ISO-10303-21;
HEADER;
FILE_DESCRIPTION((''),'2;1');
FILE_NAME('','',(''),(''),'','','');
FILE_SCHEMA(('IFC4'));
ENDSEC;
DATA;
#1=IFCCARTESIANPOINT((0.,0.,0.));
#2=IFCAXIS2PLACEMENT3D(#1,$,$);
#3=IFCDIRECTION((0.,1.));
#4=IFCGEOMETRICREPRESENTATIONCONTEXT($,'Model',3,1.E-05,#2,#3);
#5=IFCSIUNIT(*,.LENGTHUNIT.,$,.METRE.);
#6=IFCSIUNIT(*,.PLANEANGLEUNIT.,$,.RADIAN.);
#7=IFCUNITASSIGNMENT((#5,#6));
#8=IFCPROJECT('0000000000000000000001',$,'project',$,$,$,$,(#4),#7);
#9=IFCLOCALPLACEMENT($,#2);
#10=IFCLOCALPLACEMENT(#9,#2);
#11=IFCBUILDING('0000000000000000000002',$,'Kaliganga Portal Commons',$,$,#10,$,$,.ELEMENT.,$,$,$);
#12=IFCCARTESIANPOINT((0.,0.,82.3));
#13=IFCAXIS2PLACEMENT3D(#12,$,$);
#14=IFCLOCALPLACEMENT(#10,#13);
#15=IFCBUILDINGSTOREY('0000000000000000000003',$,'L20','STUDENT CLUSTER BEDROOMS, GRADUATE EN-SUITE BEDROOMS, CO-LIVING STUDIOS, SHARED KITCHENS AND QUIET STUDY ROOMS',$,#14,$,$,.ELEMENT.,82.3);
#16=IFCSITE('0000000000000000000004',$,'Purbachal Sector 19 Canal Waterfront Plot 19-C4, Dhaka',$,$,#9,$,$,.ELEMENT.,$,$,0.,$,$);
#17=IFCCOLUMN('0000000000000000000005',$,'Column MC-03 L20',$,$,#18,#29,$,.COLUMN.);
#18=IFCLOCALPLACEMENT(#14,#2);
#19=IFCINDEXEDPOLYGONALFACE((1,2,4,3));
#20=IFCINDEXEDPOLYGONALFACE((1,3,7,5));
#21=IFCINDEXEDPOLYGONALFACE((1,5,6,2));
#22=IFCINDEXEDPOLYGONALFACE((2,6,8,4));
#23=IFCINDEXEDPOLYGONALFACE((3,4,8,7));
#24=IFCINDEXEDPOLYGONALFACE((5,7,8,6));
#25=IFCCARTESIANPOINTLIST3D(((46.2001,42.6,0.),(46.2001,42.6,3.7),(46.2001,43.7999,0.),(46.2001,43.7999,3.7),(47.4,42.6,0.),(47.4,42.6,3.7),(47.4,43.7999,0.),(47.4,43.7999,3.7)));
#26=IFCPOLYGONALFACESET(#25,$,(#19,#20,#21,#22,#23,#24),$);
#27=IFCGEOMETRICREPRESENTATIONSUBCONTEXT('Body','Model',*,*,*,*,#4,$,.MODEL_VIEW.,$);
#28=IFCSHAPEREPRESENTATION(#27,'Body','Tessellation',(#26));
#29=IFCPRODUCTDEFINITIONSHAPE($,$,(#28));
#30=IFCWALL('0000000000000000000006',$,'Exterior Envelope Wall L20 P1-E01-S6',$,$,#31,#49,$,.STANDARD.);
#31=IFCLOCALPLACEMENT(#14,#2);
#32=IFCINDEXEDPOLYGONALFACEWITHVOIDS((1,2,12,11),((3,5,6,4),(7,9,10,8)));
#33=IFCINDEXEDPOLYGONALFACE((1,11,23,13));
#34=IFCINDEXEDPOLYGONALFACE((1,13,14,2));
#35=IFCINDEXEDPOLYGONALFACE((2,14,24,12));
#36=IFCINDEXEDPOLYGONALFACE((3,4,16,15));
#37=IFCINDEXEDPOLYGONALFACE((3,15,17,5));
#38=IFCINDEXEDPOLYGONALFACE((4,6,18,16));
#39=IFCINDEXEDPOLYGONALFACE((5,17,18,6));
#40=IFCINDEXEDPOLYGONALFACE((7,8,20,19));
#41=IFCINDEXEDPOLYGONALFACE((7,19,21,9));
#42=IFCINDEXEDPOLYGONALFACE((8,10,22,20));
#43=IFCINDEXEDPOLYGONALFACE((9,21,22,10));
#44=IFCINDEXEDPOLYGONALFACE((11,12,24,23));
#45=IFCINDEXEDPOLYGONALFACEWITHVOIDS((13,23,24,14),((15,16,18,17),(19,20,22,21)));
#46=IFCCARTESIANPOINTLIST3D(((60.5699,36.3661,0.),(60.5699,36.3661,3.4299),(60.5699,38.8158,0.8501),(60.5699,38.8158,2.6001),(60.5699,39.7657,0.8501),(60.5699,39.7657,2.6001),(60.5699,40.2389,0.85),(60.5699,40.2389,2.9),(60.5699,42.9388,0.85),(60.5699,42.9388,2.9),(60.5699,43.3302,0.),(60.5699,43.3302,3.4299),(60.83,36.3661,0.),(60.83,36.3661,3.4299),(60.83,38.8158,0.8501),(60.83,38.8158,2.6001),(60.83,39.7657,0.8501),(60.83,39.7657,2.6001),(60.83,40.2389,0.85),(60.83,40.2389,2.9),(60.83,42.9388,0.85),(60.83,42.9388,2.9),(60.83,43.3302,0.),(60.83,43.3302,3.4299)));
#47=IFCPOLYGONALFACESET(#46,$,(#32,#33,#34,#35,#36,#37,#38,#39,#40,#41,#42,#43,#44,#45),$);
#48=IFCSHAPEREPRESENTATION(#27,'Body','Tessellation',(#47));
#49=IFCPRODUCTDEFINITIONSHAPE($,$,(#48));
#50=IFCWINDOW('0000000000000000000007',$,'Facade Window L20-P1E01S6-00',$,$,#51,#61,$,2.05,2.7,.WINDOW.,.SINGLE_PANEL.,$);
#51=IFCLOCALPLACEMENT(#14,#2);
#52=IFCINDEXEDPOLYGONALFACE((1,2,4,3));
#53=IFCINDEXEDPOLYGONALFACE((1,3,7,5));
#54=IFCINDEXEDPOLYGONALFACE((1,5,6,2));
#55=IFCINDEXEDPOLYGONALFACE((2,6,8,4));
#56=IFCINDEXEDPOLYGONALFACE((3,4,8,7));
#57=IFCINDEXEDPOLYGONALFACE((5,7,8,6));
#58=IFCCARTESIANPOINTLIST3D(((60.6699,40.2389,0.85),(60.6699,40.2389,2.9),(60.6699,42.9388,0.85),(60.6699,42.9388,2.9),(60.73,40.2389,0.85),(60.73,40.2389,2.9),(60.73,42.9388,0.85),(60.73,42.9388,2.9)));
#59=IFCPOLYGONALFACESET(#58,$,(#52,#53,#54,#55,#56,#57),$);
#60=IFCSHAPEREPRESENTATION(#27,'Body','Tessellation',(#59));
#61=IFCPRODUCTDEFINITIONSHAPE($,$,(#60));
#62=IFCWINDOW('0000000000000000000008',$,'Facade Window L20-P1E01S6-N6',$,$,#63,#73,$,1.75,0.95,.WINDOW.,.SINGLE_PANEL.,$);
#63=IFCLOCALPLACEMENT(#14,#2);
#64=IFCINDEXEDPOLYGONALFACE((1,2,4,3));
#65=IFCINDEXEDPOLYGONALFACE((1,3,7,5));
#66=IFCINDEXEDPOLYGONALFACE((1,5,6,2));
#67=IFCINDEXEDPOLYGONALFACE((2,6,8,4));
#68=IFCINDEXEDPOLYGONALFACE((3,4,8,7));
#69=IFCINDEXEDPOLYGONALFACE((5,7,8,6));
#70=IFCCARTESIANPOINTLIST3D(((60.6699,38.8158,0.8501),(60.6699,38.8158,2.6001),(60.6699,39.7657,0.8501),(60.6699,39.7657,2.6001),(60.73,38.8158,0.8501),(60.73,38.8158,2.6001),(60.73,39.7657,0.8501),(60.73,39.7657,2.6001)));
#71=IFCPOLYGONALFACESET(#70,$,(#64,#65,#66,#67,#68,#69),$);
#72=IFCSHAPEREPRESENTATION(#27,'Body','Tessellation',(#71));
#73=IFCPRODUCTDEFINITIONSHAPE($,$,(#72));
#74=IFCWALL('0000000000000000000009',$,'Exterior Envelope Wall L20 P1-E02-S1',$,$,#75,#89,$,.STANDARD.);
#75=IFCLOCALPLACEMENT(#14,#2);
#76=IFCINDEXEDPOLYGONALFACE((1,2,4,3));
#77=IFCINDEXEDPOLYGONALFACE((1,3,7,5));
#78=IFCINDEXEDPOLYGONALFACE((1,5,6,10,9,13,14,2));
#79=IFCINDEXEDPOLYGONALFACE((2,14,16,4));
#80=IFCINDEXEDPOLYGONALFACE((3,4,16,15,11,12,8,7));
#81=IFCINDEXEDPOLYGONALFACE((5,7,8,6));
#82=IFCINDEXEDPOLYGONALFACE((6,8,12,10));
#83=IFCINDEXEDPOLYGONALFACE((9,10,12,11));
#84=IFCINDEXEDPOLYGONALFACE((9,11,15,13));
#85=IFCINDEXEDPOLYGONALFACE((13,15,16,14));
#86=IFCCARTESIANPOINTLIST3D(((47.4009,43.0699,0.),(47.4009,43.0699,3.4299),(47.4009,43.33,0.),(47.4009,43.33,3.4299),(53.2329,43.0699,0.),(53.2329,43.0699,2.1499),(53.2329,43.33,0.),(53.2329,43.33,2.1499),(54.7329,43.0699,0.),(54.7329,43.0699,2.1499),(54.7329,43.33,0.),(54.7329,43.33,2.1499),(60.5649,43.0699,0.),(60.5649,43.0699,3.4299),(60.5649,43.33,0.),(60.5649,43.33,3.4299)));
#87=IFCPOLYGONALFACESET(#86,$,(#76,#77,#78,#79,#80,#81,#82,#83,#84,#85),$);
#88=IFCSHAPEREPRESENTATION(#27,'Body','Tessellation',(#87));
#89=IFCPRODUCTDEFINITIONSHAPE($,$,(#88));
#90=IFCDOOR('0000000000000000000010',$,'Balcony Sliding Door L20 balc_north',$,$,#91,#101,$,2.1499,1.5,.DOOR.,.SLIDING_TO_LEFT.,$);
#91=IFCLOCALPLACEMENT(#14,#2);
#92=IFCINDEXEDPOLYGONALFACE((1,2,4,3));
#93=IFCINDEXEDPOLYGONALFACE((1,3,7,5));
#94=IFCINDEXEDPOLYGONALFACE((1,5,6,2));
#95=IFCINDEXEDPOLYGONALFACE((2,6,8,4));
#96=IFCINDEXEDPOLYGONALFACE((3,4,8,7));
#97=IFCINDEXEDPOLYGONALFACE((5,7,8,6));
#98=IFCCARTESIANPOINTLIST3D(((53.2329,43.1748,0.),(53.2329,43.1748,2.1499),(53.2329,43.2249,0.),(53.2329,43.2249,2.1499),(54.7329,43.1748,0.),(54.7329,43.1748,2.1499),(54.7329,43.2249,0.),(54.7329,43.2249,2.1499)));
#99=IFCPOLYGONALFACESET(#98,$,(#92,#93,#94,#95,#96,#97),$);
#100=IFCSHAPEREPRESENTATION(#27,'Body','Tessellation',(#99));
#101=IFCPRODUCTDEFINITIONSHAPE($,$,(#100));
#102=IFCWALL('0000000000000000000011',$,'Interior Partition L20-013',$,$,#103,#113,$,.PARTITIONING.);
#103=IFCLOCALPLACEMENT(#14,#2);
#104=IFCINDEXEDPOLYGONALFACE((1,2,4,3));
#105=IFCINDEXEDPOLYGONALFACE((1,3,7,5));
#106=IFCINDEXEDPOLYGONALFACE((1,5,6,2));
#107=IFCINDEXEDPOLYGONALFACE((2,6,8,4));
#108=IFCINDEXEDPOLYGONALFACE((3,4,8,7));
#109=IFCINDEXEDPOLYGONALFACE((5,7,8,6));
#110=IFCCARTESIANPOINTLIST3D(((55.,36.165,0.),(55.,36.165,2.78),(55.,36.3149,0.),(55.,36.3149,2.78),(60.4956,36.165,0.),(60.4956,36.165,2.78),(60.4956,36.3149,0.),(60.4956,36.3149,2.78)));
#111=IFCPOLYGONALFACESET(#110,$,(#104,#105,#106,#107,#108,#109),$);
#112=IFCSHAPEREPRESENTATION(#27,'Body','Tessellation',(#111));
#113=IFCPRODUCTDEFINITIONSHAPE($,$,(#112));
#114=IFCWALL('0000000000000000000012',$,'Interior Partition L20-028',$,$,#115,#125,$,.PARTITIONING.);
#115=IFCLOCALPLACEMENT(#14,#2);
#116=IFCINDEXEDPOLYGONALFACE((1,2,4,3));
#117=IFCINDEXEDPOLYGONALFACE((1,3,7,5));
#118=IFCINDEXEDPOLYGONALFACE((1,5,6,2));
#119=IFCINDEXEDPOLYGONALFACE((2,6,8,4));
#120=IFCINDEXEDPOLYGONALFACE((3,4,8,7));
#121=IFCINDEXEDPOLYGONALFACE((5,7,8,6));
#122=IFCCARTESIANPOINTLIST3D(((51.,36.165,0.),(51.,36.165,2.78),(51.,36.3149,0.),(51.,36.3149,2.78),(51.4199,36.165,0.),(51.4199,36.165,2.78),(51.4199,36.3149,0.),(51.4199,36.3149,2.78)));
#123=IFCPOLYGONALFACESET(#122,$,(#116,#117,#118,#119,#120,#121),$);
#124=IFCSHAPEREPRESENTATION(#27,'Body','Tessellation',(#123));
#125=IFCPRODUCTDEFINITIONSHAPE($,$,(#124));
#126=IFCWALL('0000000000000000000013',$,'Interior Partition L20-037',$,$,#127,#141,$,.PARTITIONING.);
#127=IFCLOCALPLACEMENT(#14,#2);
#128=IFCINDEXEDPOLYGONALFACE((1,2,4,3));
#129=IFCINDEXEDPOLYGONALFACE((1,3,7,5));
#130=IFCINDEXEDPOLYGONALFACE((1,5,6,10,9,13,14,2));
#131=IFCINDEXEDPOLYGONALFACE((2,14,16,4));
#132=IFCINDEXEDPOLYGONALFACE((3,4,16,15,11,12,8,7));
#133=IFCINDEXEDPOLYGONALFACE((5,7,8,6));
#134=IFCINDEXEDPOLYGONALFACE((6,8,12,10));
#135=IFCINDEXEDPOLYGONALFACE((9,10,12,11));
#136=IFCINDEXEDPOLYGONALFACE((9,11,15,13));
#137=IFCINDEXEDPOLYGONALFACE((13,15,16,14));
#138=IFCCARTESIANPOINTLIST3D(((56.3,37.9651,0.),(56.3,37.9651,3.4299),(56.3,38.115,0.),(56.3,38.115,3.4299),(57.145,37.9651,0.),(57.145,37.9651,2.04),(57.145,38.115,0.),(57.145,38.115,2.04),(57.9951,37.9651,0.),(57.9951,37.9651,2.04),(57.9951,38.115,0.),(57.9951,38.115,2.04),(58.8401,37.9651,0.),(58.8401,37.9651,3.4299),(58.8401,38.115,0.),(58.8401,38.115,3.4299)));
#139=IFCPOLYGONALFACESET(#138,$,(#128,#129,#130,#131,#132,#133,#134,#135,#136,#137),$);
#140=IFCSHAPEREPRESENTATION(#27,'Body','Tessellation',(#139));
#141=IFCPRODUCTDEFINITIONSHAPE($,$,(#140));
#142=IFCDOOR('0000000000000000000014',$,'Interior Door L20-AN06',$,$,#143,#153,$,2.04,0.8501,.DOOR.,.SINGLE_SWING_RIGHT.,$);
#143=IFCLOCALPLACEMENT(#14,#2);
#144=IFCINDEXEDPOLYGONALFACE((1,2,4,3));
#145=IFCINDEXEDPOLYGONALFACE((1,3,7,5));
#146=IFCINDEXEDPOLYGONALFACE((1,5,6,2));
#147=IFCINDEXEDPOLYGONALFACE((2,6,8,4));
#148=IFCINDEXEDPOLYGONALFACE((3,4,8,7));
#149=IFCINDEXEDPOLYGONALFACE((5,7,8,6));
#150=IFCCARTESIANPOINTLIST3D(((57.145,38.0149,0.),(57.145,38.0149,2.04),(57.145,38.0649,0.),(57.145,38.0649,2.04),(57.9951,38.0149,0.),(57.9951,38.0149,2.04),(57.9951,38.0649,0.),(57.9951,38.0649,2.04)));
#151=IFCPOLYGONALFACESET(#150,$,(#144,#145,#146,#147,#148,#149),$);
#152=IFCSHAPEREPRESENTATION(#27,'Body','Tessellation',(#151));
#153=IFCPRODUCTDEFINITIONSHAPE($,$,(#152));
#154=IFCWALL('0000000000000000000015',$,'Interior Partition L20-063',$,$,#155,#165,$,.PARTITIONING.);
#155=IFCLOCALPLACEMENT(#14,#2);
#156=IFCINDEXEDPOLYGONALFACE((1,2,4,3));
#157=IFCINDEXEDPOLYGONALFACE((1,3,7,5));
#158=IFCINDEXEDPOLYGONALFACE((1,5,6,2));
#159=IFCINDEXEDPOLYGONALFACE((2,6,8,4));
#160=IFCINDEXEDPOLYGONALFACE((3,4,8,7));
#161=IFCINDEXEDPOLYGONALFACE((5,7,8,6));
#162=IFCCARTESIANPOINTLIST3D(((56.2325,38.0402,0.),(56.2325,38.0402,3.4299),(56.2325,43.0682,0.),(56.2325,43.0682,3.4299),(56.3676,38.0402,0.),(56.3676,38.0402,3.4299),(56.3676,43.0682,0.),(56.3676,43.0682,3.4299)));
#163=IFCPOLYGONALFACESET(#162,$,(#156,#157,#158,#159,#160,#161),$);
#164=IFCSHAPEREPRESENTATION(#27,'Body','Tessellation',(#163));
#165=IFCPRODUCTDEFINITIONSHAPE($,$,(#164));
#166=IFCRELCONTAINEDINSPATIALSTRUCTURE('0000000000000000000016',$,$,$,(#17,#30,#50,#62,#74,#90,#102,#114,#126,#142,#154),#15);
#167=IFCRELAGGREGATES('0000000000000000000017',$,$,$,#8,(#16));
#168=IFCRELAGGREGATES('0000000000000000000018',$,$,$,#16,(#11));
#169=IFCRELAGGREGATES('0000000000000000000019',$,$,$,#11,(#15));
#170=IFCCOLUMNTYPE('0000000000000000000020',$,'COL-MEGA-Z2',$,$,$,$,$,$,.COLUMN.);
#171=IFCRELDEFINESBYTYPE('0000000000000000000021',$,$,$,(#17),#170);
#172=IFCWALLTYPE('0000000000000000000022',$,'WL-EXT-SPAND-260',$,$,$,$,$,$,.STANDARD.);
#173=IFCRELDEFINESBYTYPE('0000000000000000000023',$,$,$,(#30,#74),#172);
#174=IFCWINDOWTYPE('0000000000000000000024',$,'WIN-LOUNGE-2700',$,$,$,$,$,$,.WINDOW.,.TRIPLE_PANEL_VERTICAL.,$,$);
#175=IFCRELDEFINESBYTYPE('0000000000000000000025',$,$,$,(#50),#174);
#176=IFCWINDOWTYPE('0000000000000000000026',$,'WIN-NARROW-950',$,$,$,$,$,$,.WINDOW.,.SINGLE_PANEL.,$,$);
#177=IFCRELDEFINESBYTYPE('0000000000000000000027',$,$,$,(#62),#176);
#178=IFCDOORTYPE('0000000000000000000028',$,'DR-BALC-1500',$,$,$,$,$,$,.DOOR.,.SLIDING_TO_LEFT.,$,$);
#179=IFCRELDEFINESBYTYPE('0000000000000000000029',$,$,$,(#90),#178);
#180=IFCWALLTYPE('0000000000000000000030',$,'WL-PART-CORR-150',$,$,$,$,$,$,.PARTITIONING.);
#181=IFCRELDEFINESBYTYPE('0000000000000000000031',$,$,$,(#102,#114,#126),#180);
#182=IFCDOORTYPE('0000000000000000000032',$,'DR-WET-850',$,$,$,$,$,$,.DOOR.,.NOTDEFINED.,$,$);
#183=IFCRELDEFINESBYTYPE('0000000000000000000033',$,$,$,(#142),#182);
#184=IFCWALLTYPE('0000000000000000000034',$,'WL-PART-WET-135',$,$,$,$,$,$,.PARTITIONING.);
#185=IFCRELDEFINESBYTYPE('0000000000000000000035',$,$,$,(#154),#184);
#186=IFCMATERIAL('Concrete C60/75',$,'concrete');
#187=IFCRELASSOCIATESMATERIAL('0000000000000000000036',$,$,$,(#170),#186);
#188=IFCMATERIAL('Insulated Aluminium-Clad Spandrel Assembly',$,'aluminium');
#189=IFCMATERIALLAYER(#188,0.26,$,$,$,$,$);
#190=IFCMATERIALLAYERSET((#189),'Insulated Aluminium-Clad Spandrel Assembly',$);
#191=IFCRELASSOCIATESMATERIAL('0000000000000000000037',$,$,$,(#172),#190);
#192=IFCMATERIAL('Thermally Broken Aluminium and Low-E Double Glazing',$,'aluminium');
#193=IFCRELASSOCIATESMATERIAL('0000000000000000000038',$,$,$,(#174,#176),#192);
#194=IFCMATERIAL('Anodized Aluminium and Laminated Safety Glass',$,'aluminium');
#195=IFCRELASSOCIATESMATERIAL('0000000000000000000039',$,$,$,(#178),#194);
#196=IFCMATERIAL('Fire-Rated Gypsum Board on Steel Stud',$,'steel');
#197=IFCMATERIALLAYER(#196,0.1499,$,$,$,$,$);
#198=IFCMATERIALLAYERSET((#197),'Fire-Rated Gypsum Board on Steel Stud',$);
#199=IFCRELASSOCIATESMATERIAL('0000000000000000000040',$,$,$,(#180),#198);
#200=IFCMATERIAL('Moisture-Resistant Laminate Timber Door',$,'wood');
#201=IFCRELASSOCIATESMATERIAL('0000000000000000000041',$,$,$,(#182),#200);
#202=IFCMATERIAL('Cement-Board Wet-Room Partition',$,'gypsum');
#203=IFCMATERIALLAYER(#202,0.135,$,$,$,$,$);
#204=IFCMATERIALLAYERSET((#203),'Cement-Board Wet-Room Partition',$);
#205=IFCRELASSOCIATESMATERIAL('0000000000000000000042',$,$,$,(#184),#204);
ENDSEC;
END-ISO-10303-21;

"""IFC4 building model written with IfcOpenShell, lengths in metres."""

from ifc_helpers import new_model, si_unit, direction, frame, frame_2d, origin, origin_2d, place, context, subcontext, project, spatial, rectangle, extrude, source, transform, mapped, material, layer, layer_set, material_profile, profile_set, type_object, element, fill, save


model = new_model("IFC4")

# Units and contexts
model_context = context("Model", 3, precision=1e-05, world=origin(), true_north=direction((0.0, 1.0)))
body_context = subcontext(model_context, "Body", "Model", "MODEL_VIEW")
ifc_project = project(units=[si_unit("LENGTHUNIT", "METRE"), si_unit("PLANEANGLEUNIT", "RADIAN")], contexts=[model_context])

# Site, building, storey
site_placement = place(None, origin())
site = spatial("IfcSite", under=ifc_project, at=site_placement, Name="Purbachal Sector 19 Canal Waterfront Plot 19-C4, Dhaka", CompositionType="ELEMENT", RefElevation=0.0)
building_placement = place(site_placement, origin())
building = spatial("IfcBuilding", under=site, at=building_placement, Name="Kaliganga Portal Commons", CompositionType="ELEMENT")
storey_placement = place(building_placement, frame((0.0, 0.0, 82.3)))
storey = spatial("IfcBuildingStorey", under=building, at=storey_placement, Name="L20", Description="STUDENT CLUSTER BEDROOMS, GRADUATE EN-SUITE BEDROOMS, CO-LIVING STUDIOS, SHARED KITCHENS AND QUIET STUDY ROOMS", CompositionType="ELEMENT", Elevation=82.3)

# Column
ifc_material_1 = material(Name="Concrete C60/75", Category="concrete")
ifc_material_profile = material_profile(ifc_material_1, rectangle(XDim=1.2, YDim=1.2, at=origin_2d()), Name="RC 1200x1200")
ifc_profile_set = profile_set([ifc_material_profile], Name="Concrete C60/75")
column_type = type_object("IfcColumnType", Name="COL-MEGA-Z2", PredefinedType="COLUMN", material=ifc_profile_set)
shared_shape = source(origin(), body_context, "Body", "SweptSolid", [
    extrude(rectangle(XDim=1.2, YDim=1.2, at=origin_2d()), origin(), (0.0, 0.0, 1.0), 3.7),
])
column_placement = place(storey_placement, frame((46.8, 43.2, 0.0), z_axis=(0.0, 0.0, 1.0), x_axis=(1.0, 0.0, 0.0)))
element("IfcColumn", 1, at=column_placement, inside=storey, type_object=column_type, Name="Column MC-03 L20", PredefinedType="COLUMN", context=body_context, shape_type="MappedRepresentation", body=[
    mapped(shared_shape, transform((0.0, 0.0, 0.0), x_axis=(1.0, 0.0, 0.0), y_axis=(0.0, 1.0, 0.0), z_axis=(0.0, 0.0, 1.0), scale=1.0)),
])

# Wall, openings, windows
ifc_material_2 = material(Name="Insulated Aluminium-Clad Spandrel Assembly", Category="aluminium")
ifc_layer_1 = layer(ifc_material_2, 0.26)
ifc_layer_set_1 = layer_set([ifc_layer_1], Name="Insulated Aluminium-Clad Spandrel Assembly")
wall_type_1 = type_object("IfcWallType", Name="WL-EXT-SPAND-260", PredefinedType="STANDARD", material=ifc_layer_set_1)
wall_1_placement = place(storey_placement, frame((60.7, 43.3301, 0.0), z_axis=(0.0, 0.0, 1.0), x_axis=(0.0, -1.0, 0.0)))
wall_1 = element("IfcWall", 2, at=wall_1_placement, inside=storey, type_object=wall_type_1, Name="Exterior Envelope Wall L20 P1-E01-S6", PredefinedType="STANDARD", context=body_context, shape_type="SweptSolid", body=[
    extrude(rectangle(XDim=6.9641, YDim=0.26, at=frame_2d((3.4819, 0.0))), origin(), (0.0, 0.0, 1.0), 3.4299),
])
opening_1_placement = place(wall_1_placement, frame((0.3911, 0.0, 0.8501)))
opening_1 = element("IfcOpeningElement", 3, at=opening_1_placement, cuts=wall_1, PredefinedType="OPENING", context=body_context, shape_type="SweptSolid", body=[
    extrude(rectangle(XDim=2.7, YDim=2.05, at=frame_2d((1.3501, 1.0249))), frame((0.0, 0.1401, 0.0), z_axis=(0.0, -1.0, 0.0), x_axis=(1.0, 0.0, 0.0)), (0.0, 0.0, 1.0), 0.28),
])
opening_2_placement = place(wall_1_placement, frame((3.5642, 0.0, 0.8501)))
opening_2 = element("IfcOpeningElement", 4, at=opening_2_placement, cuts=wall_1, PredefinedType="OPENING", context=body_context, shape_type="SweptSolid", body=[
    extrude(rectangle(XDim=0.95, YDim=1.75, at=frame_2d((0.4751, 0.875))), frame((0.0, 0.1401, 0.0), z_axis=(0.0, -1.0, 0.0), x_axis=(1.0, 0.0, 0.0)), (0.0, 0.0, 1.0), 0.28),
])
ifc_material_3 = material(Name="Thermally Broken Aluminium and Low-E Double Glazing", Category="aluminium")
window_type_1 = type_object("IfcWindowType", Name="WIN-LOUNGE-2700", PartitioningType="TRIPLE_PANEL_VERTICAL", PredefinedType="WINDOW", material=ifc_material_3)
window_1_placement = place(opening_1_placement, origin())
window_1 = element("IfcWindow", 5, at=window_1_placement, inside=storey, type_object=window_type_1, Name="Facade Window L20-P1E01S6-00", OverallHeight=2.05, OverallWidth=2.7, PartitioningType="SINGLE_PANEL", PredefinedType="WINDOW", context=body_context, shape_type="SweptSolid", body=[
    extrude(rectangle(XDim=2.7, YDim=2.05, at=frame_2d((1.3501, 1.0249))), frame((0.0, 0.03, 0.0), z_axis=(0.0, -1.0, 0.0), x_axis=(1.0, 0.0, 0.0)), (0.0, 0.0, 1.0), 0.0601),
])
fill(opening_1, window_1)
window_type_2 = type_object("IfcWindowType", Name="WIN-NARROW-950", PartitioningType="SINGLE_PANEL", PredefinedType="WINDOW", material=ifc_material_3)
window_2_placement = place(opening_2_placement, origin())
window_2 = element("IfcWindow", 6, at=window_2_placement, inside=storey, type_object=window_type_2, Name="Facade Window L20-P1E01S6-N6", OverallHeight=1.75, OverallWidth=0.95, PartitioningType="SINGLE_PANEL", PredefinedType="WINDOW", context=body_context, shape_type="SweptSolid", body=[
    extrude(rectangle(XDim=0.95, YDim=1.75, at=frame_2d((0.4751, 0.875))), frame((0.0, 0.03, 0.0), z_axis=(0.0, -1.0, 0.0), x_axis=(1.0, 0.0, 0.0)), (0.0, 0.0, 1.0), 0.0601),
])
fill(opening_2, window_2)

# Wall, opening, door
wall_2_placement = place(storey_placement, frame((47.4009, 43.2, 0.0), z_axis=(0.0, 0.0, 1.0), x_axis=(1.0, 0.0, 0.0)))
wall_2 = element("IfcWall", 7, at=wall_2_placement, inside=storey, type_object=wall_type_1, Name="Exterior Envelope Wall L20 P1-E02-S1", PredefinedType="STANDARD", context=body_context, shape_type="SweptSolid", body=[
    extrude(rectangle(XDim=13.1641, YDim=0.26, at=frame_2d((6.582, 0.0))), origin(), (0.0, 0.0, 1.0), 3.4299),
])
opening_3_placement = place(wall_2_placement, frame((5.832, 0.0, 0.0)))
opening_3 = element("IfcOpeningElement", 8, at=opening_3_placement, cuts=wall_2, PredefinedType="OPENING", context=body_context, shape_type="SweptSolid", body=[
    extrude(rectangle(XDim=1.5, YDim=2.1499, at=frame_2d((0.75, 1.075))), frame((0.0, 0.1401, 0.0), z_axis=(0.0, -1.0, 0.0), x_axis=(1.0, 0.0, 0.0)), (0.0, 0.0, 1.0), 0.28),
])
ifc_material_4 = material(Name="Anodized Aluminium and Laminated Safety Glass", Category="aluminium")
door_type_1 = type_object("IfcDoorType", Name="DR-BALC-1500", OperationType="SLIDING_TO_LEFT", PredefinedType="DOOR", material=ifc_material_4)
door_1_placement = place(opening_3_placement, origin())
door_1 = element("IfcDoor", 9, at=door_1_placement, inside=storey, type_object=door_type_1, Name="Balcony Sliding Door L20 balc_north", OperationType="SLIDING_TO_LEFT", OverallHeight=2.1499, OverallWidth=1.5, PredefinedType="DOOR", context=body_context, shape_type="SweptSolid", body=[
    extrude(rectangle(XDim=1.5, YDim=2.1499, at=frame_2d((0.75, 1.075))), frame((0.0, 0.0249, 0.0), z_axis=(0.0, -1.0, 0.0), x_axis=(1.0, 0.0, 0.0)), (0.0, 0.0, 1.0), 0.05),
])
fill(opening_3, door_1)
ifc_material_5 = material(Name="Fire-Rated Gypsum Board on Steel Stud", Category="steel")
ifc_layer_2 = layer(ifc_material_5, 0.1499)
ifc_layer_set_2 = layer_set([ifc_layer_2], Name="Fire-Rated Gypsum Board on Steel Stud")
wall_type_2 = type_object("IfcWallType", Name="WL-PART-CORR-150", PredefinedType="PARTITIONING", material=ifc_layer_set_2)

# Wall
wall_3_placement = place(storey_placement, frame((55.0, 36.24, 0.0), z_axis=(0.0, 0.0, 1.0), x_axis=(1.0, 0.0, 0.0)))
element("IfcWall", 10, at=wall_3_placement, inside=storey, type_object=wall_type_2, Name="Interior Partition L20-013", PredefinedType="PARTITIONING", context=body_context, shape_type="SweptSolid", body=[
    extrude(rectangle(XDim=5.4956, YDim=0.1499, at=frame_2d((2.7478, 0.0))), origin(), (0.0, 0.0, 1.0), 2.78),
])

# Wall
wall_4_placement = place(storey_placement, frame((51.0, 36.24, 0.0), z_axis=(0.0, 0.0, 1.0), x_axis=(1.0, 0.0, 0.0)))
element("IfcWall", 11, at=wall_4_placement, inside=storey, type_object=wall_type_2, Name="Interior Partition L20-028", PredefinedType="PARTITIONING", context=body_context, shape_type="SweptSolid", body=[
    extrude(rectangle(XDim=0.4199, YDim=0.1499, at=frame_2d((0.21, 0.0))), origin(), (0.0, 0.0, 1.0), 2.78),
])

# Wall, opening, door
wall_5_placement = place(storey_placement, frame((56.3, 38.04, 0.0), z_axis=(0.0, 0.0, 1.0), x_axis=(1.0, 0.0, 0.0)))
wall_5 = element("IfcWall", 12, at=wall_5_placement, inside=storey, type_object=wall_type_2, Name="Interior Partition L20-037", PredefinedType="PARTITIONING", context=body_context, shape_type="SweptSolid", body=[
    extrude(rectangle(XDim=2.54, YDim=0.1499, at=frame_2d((1.27, 0.0))), origin(), (0.0, 0.0, 1.0), 3.4299),
])
opening_4_placement = place(wall_5_placement, frame((0.845, 0.0, 0.0)))
opening_4 = element("IfcOpeningElement", 13, at=opening_4_placement, cuts=wall_5, PredefinedType="OPENING", context=body_context, shape_type="SweptSolid", body=[
    extrude(rectangle(XDim=0.8501, YDim=2.04, at=frame_2d((0.425, 1.02))), frame((0.0, 0.085, 0.0), z_axis=(0.0, -1.0, 0.0), x_axis=(1.0, 0.0, 0.0)), (0.0, 0.0, 1.0), 0.1699),
])
ifc_material_6 = material(Name="Moisture-Resistant Laminate Timber Door", Category="wood")
door_type_2 = type_object("IfcDoorType", Name="DR-WET-850", OperationType="NOTDEFINED", PredefinedType="DOOR", material=ifc_material_6)
door_2_placement = place(opening_4_placement, origin())
door_2 = element("IfcDoor", 14, at=door_2_placement, inside=storey, type_object=door_type_2, Name="Interior Door L20-AN06", OperationType="SINGLE_SWING_RIGHT", OverallHeight=2.04, OverallWidth=0.8501, PredefinedType="DOOR", context=body_context, shape_type="SweptSolid", body=[
    extrude(rectangle(XDim=0.8501, YDim=2.04, at=frame_2d((0.425, 1.02))), frame((0.0, 0.0249, 0.0), z_axis=(0.0, -1.0, 0.0), x_axis=(1.0, 0.0, 0.0)), (0.0, 0.0, 1.0), 0.05),
])
fill(opening_4, door_2)

# Wall
ifc_material_7 = material(Name="Cement-Board Wet-Room Partition", Category="gypsum")
ifc_layer_3 = layer(ifc_material_7, 0.135)
ifc_layer_set_3 = layer_set([ifc_layer_3], Name="Cement-Board Wet-Room Partition")
wall_type_3 = type_object("IfcWallType", Name="WL-PART-WET-135", PredefinedType="PARTITIONING", material=ifc_layer_set_3)
for number, where, z_axis, x_axis, name in (
    (15, (56.3, 38.04, 0.0), (0.0, 0.0, 1.0), (0.0, 1.0, 0.0), "Interior Partition L20-063"),
):
    element("IfcWall", number, at=place(storey_placement, frame(where, z_axis=z_axis, x_axis=x_axis)), inside=storey, type_object=wall_type_3, Name=name, PredefinedType="PARTITIONING", context=body_context, shape_type="SweptSolid", body=[
        extrude(rectangle(XDim=5.0281, YDim=0.135, at=frame_2d((2.5142, 0.0))), origin(), (0.0, 0.0, 1.0), 3.4299),
    ])

save(model, "model.ifc")
